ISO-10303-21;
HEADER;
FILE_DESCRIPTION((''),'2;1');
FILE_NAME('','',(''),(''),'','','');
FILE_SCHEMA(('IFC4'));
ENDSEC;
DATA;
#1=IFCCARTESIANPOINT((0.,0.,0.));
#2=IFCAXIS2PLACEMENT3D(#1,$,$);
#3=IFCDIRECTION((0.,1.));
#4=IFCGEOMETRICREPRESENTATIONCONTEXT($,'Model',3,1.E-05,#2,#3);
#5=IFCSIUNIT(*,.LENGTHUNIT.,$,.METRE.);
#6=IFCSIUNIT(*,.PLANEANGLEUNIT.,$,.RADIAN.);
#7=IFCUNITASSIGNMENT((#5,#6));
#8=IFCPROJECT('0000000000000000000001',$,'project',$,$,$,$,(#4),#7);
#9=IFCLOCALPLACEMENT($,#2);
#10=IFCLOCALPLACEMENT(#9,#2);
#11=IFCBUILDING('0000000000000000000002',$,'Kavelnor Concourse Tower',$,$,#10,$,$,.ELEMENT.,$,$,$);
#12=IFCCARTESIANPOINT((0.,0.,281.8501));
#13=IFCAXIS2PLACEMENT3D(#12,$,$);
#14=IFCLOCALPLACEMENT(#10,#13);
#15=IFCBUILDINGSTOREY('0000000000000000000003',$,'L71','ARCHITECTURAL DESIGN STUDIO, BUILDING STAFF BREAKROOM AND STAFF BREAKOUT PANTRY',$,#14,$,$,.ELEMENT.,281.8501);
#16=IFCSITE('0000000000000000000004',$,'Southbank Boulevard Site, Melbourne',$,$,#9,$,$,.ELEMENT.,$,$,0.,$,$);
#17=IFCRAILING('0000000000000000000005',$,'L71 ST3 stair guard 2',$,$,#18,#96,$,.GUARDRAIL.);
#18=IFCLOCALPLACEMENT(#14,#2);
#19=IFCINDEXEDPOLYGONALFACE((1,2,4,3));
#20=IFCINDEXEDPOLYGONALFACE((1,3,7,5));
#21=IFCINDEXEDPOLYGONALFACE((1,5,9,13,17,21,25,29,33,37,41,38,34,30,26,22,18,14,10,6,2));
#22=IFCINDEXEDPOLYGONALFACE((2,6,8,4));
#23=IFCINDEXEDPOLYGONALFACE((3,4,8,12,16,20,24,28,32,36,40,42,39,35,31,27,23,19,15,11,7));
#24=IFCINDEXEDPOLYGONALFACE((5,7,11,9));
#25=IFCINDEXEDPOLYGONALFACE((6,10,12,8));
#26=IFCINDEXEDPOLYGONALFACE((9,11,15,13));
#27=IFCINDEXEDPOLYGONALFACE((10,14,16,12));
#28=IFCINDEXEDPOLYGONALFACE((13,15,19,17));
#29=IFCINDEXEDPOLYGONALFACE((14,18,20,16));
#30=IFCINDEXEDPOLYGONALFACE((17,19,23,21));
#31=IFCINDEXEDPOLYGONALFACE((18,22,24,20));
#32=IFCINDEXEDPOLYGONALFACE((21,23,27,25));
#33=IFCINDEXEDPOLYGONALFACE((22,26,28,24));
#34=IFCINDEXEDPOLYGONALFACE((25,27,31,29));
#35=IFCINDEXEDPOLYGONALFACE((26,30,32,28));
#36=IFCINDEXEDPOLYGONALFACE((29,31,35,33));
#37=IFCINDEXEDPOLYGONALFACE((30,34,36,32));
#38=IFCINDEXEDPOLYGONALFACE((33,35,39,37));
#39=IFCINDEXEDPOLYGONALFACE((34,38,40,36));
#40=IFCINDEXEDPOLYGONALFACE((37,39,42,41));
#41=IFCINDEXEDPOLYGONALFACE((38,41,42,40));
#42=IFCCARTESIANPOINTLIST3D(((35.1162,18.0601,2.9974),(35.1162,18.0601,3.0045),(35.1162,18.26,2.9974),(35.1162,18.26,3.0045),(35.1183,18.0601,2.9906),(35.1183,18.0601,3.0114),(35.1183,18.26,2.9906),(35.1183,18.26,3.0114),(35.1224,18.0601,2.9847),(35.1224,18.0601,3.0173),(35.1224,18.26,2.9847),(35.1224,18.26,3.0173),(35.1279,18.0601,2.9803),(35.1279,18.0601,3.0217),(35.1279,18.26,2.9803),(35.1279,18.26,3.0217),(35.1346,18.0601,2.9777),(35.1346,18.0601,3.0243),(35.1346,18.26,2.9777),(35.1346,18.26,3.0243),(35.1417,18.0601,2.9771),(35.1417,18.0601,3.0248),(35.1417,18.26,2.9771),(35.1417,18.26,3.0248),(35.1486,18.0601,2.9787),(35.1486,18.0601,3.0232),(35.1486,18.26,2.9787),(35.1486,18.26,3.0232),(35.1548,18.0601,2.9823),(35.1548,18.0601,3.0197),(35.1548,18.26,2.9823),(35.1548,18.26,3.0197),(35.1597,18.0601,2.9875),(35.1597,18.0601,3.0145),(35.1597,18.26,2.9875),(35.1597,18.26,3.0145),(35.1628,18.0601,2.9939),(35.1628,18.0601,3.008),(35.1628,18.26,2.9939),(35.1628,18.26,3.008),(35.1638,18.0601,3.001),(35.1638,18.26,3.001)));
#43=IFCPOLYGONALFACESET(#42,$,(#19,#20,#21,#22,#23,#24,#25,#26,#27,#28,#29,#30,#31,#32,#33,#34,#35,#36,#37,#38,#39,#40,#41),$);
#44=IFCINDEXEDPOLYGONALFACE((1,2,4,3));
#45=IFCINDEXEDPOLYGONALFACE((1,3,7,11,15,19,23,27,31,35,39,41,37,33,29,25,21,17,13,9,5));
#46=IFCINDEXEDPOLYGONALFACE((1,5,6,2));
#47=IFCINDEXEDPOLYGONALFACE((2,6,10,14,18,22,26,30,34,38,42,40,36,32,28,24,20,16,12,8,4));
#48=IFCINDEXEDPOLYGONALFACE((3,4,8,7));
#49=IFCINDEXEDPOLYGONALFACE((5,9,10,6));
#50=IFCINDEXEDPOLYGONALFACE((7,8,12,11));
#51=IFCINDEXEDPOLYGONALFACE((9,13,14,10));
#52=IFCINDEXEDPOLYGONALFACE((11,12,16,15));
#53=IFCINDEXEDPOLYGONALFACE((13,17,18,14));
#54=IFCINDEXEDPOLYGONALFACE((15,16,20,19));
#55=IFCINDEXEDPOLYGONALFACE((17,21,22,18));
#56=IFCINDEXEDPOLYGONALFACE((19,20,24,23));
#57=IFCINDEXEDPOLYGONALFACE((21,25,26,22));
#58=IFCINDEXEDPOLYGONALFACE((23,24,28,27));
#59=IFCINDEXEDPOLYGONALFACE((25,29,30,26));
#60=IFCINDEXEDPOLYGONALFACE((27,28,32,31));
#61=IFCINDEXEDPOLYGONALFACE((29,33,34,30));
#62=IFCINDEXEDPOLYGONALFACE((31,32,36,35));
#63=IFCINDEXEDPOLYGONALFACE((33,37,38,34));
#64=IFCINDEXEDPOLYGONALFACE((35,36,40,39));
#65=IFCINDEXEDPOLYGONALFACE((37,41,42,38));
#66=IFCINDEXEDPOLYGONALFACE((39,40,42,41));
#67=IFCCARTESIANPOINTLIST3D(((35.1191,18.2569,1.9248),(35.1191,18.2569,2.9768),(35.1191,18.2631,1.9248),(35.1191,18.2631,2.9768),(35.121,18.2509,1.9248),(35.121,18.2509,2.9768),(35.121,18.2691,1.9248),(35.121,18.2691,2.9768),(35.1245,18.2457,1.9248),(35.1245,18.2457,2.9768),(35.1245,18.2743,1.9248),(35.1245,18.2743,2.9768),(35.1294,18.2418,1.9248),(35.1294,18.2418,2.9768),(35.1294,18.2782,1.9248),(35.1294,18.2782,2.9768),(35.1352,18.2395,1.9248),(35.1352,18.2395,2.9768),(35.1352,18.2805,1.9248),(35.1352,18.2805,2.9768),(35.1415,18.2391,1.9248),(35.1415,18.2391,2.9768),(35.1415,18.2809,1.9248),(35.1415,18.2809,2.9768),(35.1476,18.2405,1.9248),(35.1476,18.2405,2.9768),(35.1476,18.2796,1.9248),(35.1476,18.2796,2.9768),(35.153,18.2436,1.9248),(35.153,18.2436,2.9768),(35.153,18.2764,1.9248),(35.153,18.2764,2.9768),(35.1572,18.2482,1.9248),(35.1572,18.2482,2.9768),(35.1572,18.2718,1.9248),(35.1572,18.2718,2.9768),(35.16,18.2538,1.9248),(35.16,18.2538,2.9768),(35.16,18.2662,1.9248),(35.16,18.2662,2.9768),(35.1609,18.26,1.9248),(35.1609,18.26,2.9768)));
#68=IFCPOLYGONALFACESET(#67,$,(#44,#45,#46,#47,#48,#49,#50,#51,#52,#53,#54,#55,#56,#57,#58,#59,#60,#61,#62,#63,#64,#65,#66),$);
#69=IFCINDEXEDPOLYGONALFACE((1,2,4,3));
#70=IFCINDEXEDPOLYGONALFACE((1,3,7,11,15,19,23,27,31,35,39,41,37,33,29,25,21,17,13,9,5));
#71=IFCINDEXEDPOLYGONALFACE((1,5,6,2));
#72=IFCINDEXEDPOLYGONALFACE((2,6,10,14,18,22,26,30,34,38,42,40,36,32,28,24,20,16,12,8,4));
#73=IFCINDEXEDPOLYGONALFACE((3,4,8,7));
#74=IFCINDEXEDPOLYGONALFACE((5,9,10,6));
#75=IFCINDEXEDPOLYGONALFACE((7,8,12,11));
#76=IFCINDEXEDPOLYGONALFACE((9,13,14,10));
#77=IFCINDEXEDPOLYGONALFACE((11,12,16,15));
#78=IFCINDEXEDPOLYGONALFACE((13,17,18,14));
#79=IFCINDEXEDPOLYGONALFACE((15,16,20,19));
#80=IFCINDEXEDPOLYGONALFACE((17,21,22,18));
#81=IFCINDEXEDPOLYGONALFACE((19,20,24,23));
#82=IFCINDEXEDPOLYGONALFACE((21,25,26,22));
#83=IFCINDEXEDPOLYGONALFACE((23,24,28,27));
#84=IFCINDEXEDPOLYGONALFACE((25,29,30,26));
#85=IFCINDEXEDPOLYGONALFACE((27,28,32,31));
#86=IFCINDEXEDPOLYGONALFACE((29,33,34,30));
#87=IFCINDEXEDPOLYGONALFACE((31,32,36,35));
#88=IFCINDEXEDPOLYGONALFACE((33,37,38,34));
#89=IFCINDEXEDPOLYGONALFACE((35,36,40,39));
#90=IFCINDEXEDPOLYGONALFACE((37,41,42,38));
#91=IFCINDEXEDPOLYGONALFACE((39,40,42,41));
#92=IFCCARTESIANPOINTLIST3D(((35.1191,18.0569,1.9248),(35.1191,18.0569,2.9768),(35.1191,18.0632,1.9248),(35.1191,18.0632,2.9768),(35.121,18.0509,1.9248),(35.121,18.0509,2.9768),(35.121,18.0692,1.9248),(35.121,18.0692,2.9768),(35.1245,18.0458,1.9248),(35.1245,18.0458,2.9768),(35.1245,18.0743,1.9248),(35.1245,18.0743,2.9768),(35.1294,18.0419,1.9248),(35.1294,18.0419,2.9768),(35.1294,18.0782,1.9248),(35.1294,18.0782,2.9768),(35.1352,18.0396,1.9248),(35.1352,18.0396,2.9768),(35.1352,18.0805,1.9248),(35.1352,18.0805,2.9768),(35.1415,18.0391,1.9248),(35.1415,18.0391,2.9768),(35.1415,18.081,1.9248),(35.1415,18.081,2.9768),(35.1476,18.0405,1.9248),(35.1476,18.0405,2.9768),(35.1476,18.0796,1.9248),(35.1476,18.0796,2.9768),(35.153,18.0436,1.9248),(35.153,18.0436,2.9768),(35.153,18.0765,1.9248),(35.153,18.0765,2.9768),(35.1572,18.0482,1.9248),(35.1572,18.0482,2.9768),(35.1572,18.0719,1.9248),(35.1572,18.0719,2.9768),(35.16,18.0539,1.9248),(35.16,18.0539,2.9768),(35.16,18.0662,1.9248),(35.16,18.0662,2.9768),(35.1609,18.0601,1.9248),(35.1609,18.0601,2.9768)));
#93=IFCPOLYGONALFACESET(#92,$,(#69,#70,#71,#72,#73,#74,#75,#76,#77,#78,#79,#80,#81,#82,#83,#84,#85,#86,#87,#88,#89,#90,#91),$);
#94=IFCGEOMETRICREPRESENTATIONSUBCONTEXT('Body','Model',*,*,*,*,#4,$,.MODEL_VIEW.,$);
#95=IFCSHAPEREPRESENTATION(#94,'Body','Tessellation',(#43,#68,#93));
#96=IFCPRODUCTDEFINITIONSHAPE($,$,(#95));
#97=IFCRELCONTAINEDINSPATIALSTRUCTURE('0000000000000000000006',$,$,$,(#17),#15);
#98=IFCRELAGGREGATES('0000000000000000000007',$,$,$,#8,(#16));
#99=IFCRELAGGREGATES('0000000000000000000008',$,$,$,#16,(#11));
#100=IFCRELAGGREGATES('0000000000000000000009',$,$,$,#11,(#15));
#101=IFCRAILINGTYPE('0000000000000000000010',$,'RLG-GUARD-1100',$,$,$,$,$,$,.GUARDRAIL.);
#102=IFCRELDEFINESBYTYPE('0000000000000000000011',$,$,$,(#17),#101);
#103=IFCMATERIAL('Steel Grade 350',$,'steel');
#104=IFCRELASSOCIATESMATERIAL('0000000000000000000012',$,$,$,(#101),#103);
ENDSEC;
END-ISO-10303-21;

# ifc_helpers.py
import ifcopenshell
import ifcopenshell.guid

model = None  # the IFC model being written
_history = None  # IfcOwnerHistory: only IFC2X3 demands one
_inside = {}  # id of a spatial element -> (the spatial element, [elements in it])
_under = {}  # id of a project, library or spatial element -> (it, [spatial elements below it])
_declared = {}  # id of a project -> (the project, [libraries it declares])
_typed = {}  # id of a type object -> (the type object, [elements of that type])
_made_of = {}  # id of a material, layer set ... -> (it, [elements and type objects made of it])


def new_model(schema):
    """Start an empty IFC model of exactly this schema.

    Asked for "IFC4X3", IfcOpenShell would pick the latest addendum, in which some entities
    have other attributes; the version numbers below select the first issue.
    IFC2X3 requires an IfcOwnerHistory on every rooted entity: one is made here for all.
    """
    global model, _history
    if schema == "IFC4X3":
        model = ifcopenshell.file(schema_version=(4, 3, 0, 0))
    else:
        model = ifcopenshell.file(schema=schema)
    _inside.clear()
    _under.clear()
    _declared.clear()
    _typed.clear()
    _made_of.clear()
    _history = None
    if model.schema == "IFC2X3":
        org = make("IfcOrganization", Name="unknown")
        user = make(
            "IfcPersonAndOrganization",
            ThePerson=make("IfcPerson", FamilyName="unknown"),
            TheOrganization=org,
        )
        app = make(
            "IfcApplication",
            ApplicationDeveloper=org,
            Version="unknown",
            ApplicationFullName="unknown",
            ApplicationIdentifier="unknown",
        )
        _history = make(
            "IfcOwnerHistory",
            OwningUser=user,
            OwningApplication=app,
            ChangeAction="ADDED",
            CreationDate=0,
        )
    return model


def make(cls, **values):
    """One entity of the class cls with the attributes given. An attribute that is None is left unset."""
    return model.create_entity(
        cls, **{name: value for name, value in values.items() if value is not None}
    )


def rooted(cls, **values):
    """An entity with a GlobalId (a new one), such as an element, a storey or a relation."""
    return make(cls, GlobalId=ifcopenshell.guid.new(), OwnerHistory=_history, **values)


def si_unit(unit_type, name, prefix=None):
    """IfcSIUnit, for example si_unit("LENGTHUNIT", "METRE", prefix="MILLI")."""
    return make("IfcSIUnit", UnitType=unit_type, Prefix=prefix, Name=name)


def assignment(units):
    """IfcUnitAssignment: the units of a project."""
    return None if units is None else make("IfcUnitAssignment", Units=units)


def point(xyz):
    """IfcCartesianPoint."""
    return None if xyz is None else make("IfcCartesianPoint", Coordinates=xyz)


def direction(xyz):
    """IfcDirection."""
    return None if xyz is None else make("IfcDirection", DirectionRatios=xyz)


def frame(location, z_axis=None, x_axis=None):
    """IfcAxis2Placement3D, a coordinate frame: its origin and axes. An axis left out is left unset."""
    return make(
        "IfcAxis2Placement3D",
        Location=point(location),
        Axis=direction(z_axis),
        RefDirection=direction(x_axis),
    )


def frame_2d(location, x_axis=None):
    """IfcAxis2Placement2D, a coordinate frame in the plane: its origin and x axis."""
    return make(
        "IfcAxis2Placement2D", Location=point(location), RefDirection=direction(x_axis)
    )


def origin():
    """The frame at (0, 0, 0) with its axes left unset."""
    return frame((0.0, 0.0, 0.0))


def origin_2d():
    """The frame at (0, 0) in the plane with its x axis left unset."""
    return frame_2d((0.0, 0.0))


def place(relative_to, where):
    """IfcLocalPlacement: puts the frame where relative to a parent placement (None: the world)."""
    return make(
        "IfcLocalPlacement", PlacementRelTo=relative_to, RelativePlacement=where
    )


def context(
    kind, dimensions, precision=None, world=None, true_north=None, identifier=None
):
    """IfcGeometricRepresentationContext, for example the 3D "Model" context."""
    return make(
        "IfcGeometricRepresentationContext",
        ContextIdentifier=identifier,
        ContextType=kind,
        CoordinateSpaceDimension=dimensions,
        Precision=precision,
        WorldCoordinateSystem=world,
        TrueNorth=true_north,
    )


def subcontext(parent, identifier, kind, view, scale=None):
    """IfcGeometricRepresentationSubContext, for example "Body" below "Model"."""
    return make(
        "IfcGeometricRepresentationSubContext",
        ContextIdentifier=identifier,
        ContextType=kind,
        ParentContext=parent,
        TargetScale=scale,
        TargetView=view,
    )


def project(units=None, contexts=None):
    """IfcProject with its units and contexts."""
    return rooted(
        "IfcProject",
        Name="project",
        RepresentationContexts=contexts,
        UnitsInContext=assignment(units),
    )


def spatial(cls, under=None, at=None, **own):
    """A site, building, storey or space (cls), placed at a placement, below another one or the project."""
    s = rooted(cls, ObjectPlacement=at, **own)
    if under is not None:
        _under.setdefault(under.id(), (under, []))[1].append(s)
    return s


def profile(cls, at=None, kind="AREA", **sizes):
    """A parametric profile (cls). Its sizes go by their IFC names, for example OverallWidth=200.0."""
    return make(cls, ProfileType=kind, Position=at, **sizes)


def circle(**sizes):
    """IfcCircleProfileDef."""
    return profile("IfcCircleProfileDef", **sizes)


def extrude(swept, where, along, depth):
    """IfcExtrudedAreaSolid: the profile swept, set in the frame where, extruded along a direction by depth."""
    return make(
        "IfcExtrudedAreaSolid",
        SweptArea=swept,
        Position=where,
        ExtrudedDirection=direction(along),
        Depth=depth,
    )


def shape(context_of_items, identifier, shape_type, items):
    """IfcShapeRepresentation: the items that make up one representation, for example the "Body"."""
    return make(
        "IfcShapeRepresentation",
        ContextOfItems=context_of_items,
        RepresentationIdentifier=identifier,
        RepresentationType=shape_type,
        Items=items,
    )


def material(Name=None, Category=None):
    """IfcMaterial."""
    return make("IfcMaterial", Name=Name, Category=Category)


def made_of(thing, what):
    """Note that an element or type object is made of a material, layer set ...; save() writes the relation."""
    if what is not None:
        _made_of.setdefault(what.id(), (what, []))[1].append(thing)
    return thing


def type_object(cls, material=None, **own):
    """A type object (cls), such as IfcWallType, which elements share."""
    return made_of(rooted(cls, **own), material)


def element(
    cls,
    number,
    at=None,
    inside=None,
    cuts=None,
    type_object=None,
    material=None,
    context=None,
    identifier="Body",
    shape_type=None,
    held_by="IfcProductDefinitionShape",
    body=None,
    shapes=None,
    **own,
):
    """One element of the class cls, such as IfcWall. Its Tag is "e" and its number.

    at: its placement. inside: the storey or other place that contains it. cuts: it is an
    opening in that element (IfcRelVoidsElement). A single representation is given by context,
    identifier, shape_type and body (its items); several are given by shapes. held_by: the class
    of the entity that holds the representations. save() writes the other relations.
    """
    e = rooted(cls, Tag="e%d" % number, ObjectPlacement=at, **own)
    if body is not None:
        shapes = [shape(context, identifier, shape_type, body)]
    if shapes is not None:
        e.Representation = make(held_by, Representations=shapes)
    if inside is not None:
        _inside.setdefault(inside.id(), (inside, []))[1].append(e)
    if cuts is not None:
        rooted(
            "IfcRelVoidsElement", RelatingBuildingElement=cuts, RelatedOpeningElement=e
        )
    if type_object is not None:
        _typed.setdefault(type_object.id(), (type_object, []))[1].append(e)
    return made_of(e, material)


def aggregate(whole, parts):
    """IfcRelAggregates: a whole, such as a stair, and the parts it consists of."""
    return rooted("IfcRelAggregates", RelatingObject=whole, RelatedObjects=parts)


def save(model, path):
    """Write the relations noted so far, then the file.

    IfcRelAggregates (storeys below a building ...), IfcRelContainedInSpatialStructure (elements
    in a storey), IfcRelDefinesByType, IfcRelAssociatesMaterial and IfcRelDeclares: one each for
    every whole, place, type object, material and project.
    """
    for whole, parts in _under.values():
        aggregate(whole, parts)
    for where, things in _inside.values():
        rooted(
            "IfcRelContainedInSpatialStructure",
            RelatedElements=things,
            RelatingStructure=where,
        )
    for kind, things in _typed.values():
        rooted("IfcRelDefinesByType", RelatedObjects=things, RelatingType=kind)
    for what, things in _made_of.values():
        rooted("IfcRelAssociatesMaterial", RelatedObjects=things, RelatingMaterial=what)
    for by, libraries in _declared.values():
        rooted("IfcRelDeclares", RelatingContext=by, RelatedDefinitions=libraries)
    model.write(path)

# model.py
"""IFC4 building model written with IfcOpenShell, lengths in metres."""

from ifc_helpers import new_model, si_unit, direction, frame, origin, origin_2d, place, context, subcontext, project, spatial, circle, extrude, material, type_object, element, save


model = new_model("IFC4")

# Units and contexts
model_context = context("Model", 3, precision=1e-05, world=origin(), true_north=direction((0.0, 1.0)))
body_context = subcontext(model_context, "Body", "Model", "MODEL_VIEW")
ifc_project = project(units=[si_unit("LENGTHUNIT", "METRE"), si_unit("PLANEANGLEUNIT", "RADIAN")], contexts=[model_context])

# Site, building, storey
site_placement = place(None, origin())
site = spatial("IfcSite", under=ifc_project, at=site_placement, Name="Southbank Boulevard Site, Melbourne", CompositionType="ELEMENT", RefElevation=0.0)
building_placement = place(site_placement, origin())
building = spatial("IfcBuilding", under=site, at=building_placement, Name="Kavelnor Concourse Tower", CompositionType="ELEMENT")
storey_placement = place(building_placement, frame((0.0, 0.0, 281.8501)))
storey = spatial("IfcBuildingStorey", under=building, at=storey_placement, Name="L71", Description="ARCHITECTURAL DESIGN STUDIO, BUILDING STAFF BREAKROOM AND STAFF BREAKOUT PANTRY", CompositionType="ELEMENT", Elevation=281.8501)

# Shared definitions
ifc_material_1 = material(Name="Steel Grade 350", Category="steel")

# Railing
railing_type_1 = type_object("IfcRailingType", Name="RLG-GUARD-1100", PredefinedType="GUARDRAIL", material=ifc_material_1)
railing_1_placement = place(storey_placement, frame((35.1399, 18.26, 1.9248)))
element("IfcRailing", 1, at=railing_1_placement, inside=storey, type_object=railing_type_1, Name="L71 ST3 stair guard 2", PredefinedType="GUARDRAIL", context=body_context, shape_type="SweptSolid", body=[
    extrude(circle(Radius=0.0239, at=origin_2d()), frame((0.0, 0.0, 1.0762), z_axis=(0.0, -1.0, 0.0), x_axis=(1.0, 0.0, 0.0)), (0.0, 0.0, 1.0), 0.2),
    extrude(circle(Radius=0.021, at=origin_2d()), origin(), (0.0, 0.0, 1.0), 1.052),
    extrude(circle(Radius=0.021, at=origin_2d()), frame((0.0, -0.2, 0.0)), (0.0, 0.0, 1.0), 1.052),
])

save(model, "model.ifc")
